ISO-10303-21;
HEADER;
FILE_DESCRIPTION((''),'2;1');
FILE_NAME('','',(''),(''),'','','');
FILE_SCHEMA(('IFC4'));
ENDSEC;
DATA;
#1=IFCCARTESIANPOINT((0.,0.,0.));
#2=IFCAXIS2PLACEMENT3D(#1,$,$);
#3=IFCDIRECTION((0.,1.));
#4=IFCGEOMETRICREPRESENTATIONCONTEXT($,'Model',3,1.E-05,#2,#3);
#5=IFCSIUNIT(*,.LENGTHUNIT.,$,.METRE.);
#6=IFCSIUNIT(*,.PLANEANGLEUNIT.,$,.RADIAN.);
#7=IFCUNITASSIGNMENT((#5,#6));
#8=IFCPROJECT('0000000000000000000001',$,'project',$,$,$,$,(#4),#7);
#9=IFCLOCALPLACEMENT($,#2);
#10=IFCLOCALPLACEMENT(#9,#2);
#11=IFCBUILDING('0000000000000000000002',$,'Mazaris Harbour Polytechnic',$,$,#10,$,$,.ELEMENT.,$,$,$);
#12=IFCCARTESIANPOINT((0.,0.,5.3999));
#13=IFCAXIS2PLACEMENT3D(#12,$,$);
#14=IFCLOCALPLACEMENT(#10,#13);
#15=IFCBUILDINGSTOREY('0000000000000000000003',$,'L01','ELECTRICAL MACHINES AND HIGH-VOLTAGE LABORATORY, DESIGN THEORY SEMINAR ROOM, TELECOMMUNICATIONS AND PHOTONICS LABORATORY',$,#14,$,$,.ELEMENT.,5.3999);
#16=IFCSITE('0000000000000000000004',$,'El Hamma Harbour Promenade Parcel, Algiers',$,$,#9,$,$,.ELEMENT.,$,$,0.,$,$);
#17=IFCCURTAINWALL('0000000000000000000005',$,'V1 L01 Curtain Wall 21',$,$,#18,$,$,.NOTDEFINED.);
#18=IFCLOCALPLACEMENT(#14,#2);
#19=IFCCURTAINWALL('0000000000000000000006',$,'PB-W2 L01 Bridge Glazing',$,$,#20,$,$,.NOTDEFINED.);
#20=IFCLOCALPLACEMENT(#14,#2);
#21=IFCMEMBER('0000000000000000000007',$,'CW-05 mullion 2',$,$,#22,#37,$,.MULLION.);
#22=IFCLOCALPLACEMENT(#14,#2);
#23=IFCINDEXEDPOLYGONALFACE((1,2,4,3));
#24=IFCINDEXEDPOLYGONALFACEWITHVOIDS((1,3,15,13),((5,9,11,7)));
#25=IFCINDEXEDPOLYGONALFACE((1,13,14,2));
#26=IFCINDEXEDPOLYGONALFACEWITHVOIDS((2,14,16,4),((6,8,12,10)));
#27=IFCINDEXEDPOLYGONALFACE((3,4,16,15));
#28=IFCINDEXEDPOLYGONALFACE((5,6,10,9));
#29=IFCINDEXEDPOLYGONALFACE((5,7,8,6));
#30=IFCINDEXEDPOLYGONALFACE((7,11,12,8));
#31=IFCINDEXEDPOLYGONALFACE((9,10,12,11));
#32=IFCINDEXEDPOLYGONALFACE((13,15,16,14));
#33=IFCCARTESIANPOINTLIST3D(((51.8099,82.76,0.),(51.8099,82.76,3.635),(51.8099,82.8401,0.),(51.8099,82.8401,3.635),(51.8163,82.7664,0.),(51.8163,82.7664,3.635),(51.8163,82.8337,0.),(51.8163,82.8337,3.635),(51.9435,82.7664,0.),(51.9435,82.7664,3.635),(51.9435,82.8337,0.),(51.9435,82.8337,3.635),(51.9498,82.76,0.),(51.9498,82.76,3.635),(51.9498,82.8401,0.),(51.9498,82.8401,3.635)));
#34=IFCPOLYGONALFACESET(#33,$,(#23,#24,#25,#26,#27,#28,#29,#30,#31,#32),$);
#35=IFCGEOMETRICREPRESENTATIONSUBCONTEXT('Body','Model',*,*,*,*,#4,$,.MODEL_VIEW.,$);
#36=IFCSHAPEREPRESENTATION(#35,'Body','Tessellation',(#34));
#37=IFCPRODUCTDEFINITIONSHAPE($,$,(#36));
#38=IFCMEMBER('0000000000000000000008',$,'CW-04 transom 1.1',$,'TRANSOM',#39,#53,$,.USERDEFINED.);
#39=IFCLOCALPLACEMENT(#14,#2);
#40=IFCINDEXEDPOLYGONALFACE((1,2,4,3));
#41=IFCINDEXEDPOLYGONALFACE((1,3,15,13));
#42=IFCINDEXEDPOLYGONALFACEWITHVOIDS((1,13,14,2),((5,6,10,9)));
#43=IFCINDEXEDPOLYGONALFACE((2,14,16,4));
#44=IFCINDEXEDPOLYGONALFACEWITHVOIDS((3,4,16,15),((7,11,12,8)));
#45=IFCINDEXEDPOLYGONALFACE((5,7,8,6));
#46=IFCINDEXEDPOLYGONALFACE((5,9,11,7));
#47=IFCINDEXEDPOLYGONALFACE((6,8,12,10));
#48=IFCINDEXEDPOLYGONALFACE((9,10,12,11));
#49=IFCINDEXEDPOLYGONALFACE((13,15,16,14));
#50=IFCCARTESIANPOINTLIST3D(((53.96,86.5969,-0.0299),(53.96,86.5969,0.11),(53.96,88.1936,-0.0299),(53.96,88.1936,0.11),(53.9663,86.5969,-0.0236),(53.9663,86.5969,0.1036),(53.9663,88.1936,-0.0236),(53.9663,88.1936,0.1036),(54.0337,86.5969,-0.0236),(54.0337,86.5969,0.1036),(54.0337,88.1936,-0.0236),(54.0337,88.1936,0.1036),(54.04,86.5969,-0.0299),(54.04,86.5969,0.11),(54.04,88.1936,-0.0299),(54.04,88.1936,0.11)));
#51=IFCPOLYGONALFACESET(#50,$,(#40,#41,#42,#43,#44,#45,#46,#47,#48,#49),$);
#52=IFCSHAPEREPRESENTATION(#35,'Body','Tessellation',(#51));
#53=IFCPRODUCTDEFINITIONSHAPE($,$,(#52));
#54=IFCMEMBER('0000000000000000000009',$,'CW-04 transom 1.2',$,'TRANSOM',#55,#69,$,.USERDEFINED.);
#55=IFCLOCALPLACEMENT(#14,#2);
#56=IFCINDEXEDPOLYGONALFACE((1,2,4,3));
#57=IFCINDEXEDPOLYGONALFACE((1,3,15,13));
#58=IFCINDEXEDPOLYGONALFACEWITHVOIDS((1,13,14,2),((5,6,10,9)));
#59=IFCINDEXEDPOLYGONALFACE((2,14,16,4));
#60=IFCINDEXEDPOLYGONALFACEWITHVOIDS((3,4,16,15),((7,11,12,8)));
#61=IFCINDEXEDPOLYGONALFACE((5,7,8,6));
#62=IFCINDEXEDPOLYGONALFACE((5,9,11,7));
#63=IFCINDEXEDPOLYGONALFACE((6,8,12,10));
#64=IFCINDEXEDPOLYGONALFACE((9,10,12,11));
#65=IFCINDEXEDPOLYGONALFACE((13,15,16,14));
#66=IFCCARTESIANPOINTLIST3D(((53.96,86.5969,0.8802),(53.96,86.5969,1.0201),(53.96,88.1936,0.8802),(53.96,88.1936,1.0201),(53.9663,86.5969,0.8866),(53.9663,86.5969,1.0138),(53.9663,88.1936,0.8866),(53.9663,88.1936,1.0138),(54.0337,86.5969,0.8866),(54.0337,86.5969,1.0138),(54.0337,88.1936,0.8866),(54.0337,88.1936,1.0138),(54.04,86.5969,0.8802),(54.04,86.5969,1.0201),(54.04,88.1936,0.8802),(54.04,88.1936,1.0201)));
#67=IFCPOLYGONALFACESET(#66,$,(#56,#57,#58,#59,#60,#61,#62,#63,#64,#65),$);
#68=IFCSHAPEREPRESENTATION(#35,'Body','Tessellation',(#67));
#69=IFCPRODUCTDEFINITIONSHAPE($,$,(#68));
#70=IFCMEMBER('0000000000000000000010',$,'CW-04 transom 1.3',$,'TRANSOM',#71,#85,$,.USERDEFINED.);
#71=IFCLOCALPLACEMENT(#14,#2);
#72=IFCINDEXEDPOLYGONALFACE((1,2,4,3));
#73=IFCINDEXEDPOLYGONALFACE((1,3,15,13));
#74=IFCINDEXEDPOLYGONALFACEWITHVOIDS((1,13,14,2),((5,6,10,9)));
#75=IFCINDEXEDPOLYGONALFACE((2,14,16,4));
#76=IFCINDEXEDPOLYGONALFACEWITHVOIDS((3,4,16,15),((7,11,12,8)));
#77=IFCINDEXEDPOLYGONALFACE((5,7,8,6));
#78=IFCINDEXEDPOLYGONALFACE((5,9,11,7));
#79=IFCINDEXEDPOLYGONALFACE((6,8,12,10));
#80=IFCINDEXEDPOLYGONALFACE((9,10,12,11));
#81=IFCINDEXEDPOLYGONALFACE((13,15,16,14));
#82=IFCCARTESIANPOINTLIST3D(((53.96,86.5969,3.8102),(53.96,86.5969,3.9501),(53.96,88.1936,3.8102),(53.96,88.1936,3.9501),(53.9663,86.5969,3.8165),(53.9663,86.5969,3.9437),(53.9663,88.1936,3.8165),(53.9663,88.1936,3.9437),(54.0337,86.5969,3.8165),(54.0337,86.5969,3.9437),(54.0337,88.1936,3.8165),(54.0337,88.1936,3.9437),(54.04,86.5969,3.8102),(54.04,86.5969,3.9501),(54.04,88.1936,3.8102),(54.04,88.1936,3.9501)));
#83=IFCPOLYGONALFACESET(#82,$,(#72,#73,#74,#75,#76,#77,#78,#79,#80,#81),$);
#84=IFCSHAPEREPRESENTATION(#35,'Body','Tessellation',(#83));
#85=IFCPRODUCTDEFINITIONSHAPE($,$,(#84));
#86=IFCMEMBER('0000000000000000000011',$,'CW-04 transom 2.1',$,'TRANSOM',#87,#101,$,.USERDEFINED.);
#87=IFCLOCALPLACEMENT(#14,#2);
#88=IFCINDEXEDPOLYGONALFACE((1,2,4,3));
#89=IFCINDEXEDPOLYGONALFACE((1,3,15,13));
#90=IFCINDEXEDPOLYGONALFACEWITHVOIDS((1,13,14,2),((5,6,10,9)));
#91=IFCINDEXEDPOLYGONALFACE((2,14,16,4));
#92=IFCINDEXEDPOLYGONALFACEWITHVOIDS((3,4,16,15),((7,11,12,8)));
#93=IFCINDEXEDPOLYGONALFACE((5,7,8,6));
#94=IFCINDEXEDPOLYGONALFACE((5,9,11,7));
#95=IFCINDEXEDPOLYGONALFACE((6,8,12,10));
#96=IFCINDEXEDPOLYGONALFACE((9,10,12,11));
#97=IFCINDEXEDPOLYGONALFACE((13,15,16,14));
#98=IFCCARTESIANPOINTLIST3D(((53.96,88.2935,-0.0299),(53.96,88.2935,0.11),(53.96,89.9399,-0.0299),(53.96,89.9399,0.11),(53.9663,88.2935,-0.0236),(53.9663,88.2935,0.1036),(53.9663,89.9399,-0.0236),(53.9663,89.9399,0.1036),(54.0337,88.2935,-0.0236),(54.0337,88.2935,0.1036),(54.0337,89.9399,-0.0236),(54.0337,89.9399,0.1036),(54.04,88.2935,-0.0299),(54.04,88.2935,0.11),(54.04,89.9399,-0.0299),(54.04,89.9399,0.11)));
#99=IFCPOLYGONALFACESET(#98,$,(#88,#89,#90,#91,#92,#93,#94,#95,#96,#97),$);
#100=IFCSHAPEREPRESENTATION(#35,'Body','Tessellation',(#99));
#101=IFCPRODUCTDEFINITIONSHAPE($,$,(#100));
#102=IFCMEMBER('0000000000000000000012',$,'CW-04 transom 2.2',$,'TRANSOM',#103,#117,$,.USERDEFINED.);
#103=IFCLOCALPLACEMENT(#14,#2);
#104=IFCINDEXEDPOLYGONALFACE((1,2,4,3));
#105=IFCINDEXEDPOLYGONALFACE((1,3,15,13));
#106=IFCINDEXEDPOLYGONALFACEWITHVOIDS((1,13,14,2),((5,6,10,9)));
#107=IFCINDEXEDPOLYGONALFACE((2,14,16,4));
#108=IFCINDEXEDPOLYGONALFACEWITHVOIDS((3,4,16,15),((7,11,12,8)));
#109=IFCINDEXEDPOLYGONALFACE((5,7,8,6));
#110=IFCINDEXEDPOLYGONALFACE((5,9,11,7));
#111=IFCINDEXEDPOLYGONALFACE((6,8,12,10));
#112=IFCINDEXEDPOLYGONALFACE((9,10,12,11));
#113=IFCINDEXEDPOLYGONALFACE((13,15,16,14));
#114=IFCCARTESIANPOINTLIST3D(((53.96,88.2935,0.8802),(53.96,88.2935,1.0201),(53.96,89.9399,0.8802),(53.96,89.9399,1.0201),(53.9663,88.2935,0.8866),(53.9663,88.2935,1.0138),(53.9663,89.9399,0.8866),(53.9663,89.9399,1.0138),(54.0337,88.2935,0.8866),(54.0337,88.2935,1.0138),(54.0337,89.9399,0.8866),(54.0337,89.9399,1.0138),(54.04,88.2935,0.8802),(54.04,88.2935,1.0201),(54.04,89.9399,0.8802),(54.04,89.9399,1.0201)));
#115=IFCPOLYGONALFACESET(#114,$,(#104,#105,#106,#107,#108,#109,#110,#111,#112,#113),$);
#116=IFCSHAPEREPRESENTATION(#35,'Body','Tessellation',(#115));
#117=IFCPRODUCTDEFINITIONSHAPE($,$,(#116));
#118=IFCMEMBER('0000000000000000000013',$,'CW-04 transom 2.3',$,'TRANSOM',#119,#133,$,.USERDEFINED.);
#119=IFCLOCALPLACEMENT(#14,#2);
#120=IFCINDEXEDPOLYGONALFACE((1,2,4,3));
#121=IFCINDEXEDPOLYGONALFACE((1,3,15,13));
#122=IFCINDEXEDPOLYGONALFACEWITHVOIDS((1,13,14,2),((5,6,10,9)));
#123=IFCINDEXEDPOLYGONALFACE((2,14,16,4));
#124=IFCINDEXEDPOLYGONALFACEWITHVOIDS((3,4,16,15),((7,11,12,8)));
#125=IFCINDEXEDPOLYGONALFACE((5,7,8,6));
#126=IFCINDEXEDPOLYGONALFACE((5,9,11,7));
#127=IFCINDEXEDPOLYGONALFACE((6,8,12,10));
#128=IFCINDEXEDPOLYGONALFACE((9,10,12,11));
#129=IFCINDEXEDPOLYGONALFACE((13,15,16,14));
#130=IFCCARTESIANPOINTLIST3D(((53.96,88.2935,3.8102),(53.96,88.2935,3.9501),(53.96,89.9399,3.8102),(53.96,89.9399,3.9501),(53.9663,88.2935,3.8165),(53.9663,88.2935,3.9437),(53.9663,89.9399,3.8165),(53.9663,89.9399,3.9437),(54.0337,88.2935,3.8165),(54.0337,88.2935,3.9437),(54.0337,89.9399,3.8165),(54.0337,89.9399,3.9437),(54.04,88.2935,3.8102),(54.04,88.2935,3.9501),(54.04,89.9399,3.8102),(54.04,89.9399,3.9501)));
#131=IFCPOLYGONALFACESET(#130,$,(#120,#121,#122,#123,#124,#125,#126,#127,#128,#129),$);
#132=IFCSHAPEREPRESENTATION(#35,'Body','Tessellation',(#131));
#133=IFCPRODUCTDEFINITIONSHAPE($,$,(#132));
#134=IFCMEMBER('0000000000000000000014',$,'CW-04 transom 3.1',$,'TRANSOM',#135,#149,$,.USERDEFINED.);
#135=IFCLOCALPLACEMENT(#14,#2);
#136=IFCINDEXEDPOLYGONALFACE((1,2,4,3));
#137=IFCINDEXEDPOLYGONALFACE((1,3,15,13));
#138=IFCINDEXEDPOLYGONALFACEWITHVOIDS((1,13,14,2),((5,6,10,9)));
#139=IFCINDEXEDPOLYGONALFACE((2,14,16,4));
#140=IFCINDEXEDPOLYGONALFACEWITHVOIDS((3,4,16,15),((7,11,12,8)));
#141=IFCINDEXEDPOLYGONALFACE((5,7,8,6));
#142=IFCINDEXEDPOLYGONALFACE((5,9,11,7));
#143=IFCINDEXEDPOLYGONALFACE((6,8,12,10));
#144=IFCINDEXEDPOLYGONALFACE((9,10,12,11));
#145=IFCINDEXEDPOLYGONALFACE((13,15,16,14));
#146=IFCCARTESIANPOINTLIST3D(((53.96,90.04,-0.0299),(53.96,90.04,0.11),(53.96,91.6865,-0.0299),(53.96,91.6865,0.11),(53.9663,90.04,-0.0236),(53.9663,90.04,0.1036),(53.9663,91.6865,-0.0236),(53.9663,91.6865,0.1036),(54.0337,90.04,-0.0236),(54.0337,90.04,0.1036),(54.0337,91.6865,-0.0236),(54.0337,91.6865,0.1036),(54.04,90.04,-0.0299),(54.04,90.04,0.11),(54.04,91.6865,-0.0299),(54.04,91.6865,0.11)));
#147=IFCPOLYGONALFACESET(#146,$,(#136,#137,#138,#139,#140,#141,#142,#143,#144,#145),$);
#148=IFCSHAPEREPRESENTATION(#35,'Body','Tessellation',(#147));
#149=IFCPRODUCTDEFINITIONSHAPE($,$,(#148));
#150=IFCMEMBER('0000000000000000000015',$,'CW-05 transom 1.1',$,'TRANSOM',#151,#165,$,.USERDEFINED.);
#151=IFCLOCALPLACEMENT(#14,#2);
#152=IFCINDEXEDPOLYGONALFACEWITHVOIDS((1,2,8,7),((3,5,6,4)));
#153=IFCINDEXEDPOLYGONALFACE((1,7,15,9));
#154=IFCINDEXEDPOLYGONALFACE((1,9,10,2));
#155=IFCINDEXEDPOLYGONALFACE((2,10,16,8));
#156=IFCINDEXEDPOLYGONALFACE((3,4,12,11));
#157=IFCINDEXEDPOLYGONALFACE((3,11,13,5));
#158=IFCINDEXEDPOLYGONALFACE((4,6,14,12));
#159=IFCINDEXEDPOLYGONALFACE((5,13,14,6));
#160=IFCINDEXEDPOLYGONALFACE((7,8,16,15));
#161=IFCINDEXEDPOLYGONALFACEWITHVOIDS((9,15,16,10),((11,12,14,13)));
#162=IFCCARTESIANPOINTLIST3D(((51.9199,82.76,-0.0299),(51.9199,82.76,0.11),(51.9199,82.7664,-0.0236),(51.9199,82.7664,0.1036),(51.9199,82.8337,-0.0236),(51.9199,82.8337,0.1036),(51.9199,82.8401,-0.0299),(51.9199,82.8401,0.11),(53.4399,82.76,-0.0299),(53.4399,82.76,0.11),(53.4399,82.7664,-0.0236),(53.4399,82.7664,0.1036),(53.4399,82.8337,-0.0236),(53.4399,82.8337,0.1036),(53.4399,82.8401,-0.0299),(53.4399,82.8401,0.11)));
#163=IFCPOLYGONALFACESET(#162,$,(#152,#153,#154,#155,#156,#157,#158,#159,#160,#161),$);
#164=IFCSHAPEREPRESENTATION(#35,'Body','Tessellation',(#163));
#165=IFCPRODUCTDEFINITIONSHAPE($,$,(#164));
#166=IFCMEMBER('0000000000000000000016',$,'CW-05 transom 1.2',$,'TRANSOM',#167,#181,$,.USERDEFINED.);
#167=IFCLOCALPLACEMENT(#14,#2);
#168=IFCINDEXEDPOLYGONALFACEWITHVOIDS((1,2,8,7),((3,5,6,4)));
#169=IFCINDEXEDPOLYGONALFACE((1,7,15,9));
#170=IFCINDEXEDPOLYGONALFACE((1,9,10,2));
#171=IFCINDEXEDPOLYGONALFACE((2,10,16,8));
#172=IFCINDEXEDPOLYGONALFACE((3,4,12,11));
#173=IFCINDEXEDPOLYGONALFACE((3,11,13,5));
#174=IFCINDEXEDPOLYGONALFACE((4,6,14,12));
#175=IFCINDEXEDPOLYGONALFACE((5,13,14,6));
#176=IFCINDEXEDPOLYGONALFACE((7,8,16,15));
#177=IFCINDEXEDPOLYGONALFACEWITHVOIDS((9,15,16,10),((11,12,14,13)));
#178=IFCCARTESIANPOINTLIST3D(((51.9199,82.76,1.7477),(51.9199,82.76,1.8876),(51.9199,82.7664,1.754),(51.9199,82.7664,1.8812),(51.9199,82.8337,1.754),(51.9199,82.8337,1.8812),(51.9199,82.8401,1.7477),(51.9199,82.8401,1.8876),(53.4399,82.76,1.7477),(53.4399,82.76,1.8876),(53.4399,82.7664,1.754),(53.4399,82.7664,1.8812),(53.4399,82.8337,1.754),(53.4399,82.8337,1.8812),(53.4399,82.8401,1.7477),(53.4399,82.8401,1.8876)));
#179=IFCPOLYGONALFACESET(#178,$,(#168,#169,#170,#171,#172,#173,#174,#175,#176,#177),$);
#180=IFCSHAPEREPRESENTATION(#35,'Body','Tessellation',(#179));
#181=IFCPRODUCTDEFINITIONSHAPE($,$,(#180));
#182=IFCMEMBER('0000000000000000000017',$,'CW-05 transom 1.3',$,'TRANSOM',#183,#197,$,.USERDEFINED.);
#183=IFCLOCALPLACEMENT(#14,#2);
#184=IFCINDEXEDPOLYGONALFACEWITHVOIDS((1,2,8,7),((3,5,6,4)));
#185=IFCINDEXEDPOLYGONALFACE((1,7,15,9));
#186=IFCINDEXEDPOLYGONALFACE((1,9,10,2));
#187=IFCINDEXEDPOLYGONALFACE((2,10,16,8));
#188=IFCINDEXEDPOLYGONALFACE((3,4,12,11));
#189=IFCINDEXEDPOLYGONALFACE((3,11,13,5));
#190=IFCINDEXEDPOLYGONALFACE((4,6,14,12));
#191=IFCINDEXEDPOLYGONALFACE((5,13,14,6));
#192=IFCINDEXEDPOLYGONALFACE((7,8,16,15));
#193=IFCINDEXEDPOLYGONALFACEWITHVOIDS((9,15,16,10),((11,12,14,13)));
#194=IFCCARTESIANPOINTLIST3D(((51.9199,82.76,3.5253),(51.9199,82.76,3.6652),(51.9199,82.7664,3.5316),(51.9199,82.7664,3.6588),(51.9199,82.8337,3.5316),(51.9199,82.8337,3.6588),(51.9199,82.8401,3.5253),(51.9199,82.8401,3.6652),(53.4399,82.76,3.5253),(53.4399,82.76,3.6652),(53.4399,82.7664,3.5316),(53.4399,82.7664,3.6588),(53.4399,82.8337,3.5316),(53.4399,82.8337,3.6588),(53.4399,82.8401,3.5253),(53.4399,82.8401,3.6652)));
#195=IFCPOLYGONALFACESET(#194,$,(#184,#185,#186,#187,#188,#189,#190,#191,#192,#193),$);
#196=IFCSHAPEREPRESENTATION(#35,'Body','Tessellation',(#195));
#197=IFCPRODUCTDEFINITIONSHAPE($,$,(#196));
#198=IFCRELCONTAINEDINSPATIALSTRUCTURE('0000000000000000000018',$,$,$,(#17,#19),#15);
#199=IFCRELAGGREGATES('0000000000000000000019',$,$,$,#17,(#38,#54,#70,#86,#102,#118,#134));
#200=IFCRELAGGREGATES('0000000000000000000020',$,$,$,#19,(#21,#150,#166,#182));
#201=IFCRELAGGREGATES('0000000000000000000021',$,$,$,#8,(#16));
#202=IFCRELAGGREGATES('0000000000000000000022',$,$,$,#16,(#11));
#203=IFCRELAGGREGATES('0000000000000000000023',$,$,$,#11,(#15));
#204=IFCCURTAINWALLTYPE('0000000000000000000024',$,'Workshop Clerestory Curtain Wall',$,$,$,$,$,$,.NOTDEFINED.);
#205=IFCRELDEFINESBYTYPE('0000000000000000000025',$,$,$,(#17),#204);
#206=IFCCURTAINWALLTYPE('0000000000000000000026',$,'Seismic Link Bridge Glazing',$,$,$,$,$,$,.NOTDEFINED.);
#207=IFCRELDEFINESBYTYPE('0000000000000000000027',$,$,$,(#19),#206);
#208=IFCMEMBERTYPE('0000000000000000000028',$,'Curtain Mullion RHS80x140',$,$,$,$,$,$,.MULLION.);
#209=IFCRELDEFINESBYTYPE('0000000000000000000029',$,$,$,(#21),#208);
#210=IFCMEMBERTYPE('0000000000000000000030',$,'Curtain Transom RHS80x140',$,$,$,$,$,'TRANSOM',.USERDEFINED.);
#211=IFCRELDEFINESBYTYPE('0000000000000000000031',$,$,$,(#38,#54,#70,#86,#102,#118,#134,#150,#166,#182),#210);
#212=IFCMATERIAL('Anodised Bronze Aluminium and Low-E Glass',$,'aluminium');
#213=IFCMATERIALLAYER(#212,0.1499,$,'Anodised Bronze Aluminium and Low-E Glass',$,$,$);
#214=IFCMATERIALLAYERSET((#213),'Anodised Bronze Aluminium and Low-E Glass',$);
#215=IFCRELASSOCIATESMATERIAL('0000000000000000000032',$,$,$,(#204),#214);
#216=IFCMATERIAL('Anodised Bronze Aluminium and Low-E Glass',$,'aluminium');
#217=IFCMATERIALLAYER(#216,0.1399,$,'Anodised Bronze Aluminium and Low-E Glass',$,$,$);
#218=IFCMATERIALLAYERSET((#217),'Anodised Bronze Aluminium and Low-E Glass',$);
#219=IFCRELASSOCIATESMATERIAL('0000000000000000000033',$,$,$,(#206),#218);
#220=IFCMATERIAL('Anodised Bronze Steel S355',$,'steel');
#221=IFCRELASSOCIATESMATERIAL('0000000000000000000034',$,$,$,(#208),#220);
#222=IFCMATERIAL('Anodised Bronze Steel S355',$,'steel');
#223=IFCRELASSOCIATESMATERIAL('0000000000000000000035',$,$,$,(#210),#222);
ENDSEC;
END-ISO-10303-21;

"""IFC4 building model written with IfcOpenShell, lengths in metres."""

from ifc_helpers import new_model, si_unit, direction, frame, origin, origin_2d, place, context, subcontext, project, spatial, hollow_rectangle, extrude, material, layer, layer_set, material_profile, profile_set, type_object, element, aggregate, save


model = new_model("IFC4")

# Units and contexts
model_context = context("Model", 3, precision=1e-05, world=origin(), true_north=direction((0.0, 1.0)))
body_context = subcontext(model_context, "Body", "Model", "MODEL_VIEW")
ifc_project = project(units=[si_unit("LENGTHUNIT", "METRE"), si_unit("PLANEANGLEUNIT", "RADIAN")], contexts=[model_context])

# Site, building, storey
site_placement = place(None, origin())
site = spatial("IfcSite", under=ifc_project, at=site_placement, Name="El Hamma Harbour Promenade Parcel, Algiers", CompositionType="ELEMENT", RefElevation=0.0)
building_placement = place(site_placement, origin())
building = spatial("IfcBuilding", under=site, at=building_placement, Name="Mazaris Harbour Polytechnic", CompositionType="ELEMENT")
storey_placement = place(building_placement, frame((0.0, 0.0, 5.3999)))
storey = spatial("IfcBuildingStorey", under=building, at=storey_placement, Name="L01", Description="ELECTRICAL MACHINES AND HIGH-VOLTAGE LABORATORY, DESIGN THEORY SEMINAR ROOM, TELECOMMUNICATIONS AND PHOTONICS LABORATORY", CompositionType="ELEMENT", Elevation=5.3999)

# Curtain walls, member
ifc_material_1 = material(Name="Anodised Bronze Aluminium and Low-E Glass", Category="aluminium")
ifc_layer_1 = layer(ifc_material_1, 0.1499, Name="Anodised Bronze Aluminium and Low-E Glass")
ifc_layer_set_1 = layer_set([ifc_layer_1], Name="Anodised Bronze Aluminium and Low-E Glass")
curtain_wall_type_1 = type_object("IfcCurtainWallType", Name="Workshop Clerestory Curtain Wall", PredefinedType="NOTDEFINED", material=ifc_layer_set_1)
curtain_wall_1_placement = place(storey_placement, origin())
curtain_wall_1 = element("IfcCurtainWall", 1, at=curtain_wall_1_placement, inside=storey, type_object=curtain_wall_type_1, Name="V1 L01 Curtain Wall 21", PredefinedType="NOTDEFINED")
ifc_material_2 = material(Name="Anodised Bronze Aluminium and Low-E Glass", Category="aluminium")
ifc_layer_2 = layer(ifc_material_2, 0.1399, Name="Anodised Bronze Aluminium and Low-E Glass")
ifc_layer_set_2 = layer_set([ifc_layer_2], Name="Anodised Bronze Aluminium and Low-E Glass")
curtain_wall_type_2 = type_object("IfcCurtainWallType", Name="Seismic Link Bridge Glazing", PredefinedType="NOTDEFINED", material=ifc_layer_set_2)
curtain_wall_2_placement = place(storey_placement, origin())
curtain_wall_2 = element("IfcCurtainWall", 2, at=curtain_wall_2_placement, inside=storey, type_object=curtain_wall_type_2, Name="PB-W2 L01 Bridge Glazing", PredefinedType="NOTDEFINED")
ifc_material_3 = material(Name="Anodised Bronze Steel S355", Category="steel")
ifc_material_profile_1 = material_profile(ifc_material_3, hollow_rectangle(XDim=0.0801, YDim=0.1399, WallThickness=0.0063, at=origin_2d()), Name="RHS 80x140x6.3")
ifc_profile_set_1 = profile_set([ifc_material_profile_1], Name="Anodised Bronze Steel S355")
member_type_1 = type_object("IfcMemberType", Name="Curtain Mullion RHS80x140", PredefinedType="MULLION", material=ifc_profile_set_1)
member_1_placement = place(storey_placement, frame((51.8799, 82.8, 0.0), z_axis=(0.0, 0.0, 1.0), x_axis=(0.0, -1.0, 0.0)))
member_1 = element("IfcMember", 3, at=member_1_placement, type_object=member_type_1, Name="CW-05 mullion 2", PredefinedType="MULLION", context=body_context, shape_type="SweptSolid", body=[
    extrude(hollow_rectangle(XDim=0.0801, YDim=0.1399, WallThickness=0.0063, at=origin_2d()), origin(), (0.0, 0.0, 1.0), 3.635),
])

# Members
ifc_material_4 = material(Name="Anodised Bronze Steel S355", Category="steel")
ifc_material_profile_2 = material_profile(ifc_material_4, hollow_rectangle(XDim=0.0801, YDim=0.1399, WallThickness=0.0063, at=origin_2d()), Name="RHS 80x140x6.3")
ifc_profile_set_2 = profile_set([ifc_material_profile_2], Name="Anodised Bronze Steel S355")
member_type_2 = type_object("IfcMemberType", Name="Curtain Transom RHS80x140", ElementType="TRANSOM", PredefinedType="USERDEFINED", material=ifc_profile_set_2)
member_2_placement = place(storey_placement, frame((54.0, 86.5969, 0.04), z_axis=(0.0, 1.0, 0.0), x_axis=(-1.0, 0.0, 0.0)))
member_2 = element("IfcMember", 4, at=member_2_placement, type_object=member_type_2, Name="CW-04 transom 1.1", ObjectType="TRANSOM", PredefinedType="USERDEFINED", context=body_context, shape_type="SweptSolid", body=[
    extrude(hollow_rectangle(XDim=0.0801, YDim=0.1399, WallThickness=0.0063, at=origin_2d()), origin(), (0.0, 0.0, 1.0), 1.5967),
])
member_3_placement = place(storey_placement, frame((54.0, 86.5969, 0.9502), z_axis=(0.0, 1.0, 0.0), x_axis=(-1.0, 0.0, 0.0)))
member_3 = element("IfcMember", 5, at=member_3_placement, type_object=member_type_2, Name="CW-04 transom 1.2", ObjectType="TRANSOM", PredefinedType="USERDEFINED", context=body_context, shape_type="SweptSolid", body=[
    extrude(hollow_rectangle(XDim=0.0801, YDim=0.1399, WallThickness=0.0063, at=origin_2d()), origin(), (0.0, 0.0, 1.0), 1.5967),
])
member_4_placement = place(storey_placement, frame((54.0, 86.5969, 3.8801), z_axis=(0.0, 1.0, 0.0), x_axis=(-1.0, 0.0, 0.0)))
member_4 = element("IfcMember", 6, at=member_4_placement, type_object=member_type_2, Name="CW-04 transom 1.3", ObjectType="TRANSOM", PredefinedType="USERDEFINED", context=body_context, shape_type="SweptSolid", body=[
    extrude(hollow_rectangle(XDim=0.0801, YDim=0.1399, WallThickness=0.0063, at=origin_2d()), origin(), (0.0, 0.0, 1.0), 1.5967),
])
member_5_placement = place(storey_placement, frame((54.0, 88.2935, 0.04), z_axis=(0.0, 1.0, 0.0), x_axis=(-1.0, 0.0, 0.0)))
member_5 = element("IfcMember", 7, at=member_5_placement, type_object=member_type_2, Name="CW-04 transom 2.1", ObjectType="TRANSOM", PredefinedType="USERDEFINED", context=body_context, shape_type="SweptSolid", body=[
    extrude(hollow_rectangle(XDim=0.0801, YDim=0.1399, WallThickness=0.0063, at=origin_2d()), origin(), (0.0, 0.0, 1.0), 1.6465),
])
member_6_placement = place(storey_placement, frame((54.0, 88.2935, 0.9502), z_axis=(0.0, 1.0, 0.0), x_axis=(-1.0, 0.0, 0.0)))
member_6 = element("IfcMember", 8, at=member_6_placement, type_object=member_type_2, Name="CW-04 transom 2.2", ObjectType="TRANSOM", PredefinedType="USERDEFINED", context=body_context, shape_type="SweptSolid", body=[
    extrude(hollow_rectangle(XDim=0.0801, YDim=0.1399, WallThickness=0.0063, at=origin_2d()), origin(), (0.0, 0.0, 1.0), 1.6465),
])
member_7_placement = place(storey_placement, frame((54.0, 88.2935, 3.8801), z_axis=(0.0, 1.0, 0.0), x_axis=(-1.0, 0.0, 0.0)))
member_7 = element("IfcMember", 9, at=member_7_placement, type_object=member_type_2, Name="CW-04 transom 2.3", ObjectType="TRANSOM", PredefinedType="USERDEFINED", context=body_context, shape_type="SweptSolid", body=[
    extrude(hollow_rectangle(XDim=0.0801, YDim=0.1399, WallThickness=0.0063, at=origin_2d()), origin(), (0.0, 0.0, 1.0), 1.6465),
])
member_8_placement = place(storey_placement, frame((54.0, 90.04, 0.04), z_axis=(0.0, 1.0, 0.0), x_axis=(-1.0, 0.0, 0.0)))
member_8 = element("IfcMember", 10, at=member_8_placement, type_object=member_type_2, Name="CW-04 transom 3.1", ObjectType="TRANSOM", PredefinedType="USERDEFINED", context=body_context, shape_type="SweptSolid", body=[
    extrude(hollow_rectangle(XDim=0.0801, YDim=0.1399, WallThickness=0.0063, at=origin_2d()), origin(), (0.0, 0.0, 1.0), 1.6465),
])
member_9_placement = place(storey_placement, frame((53.4399, 82.8, 0.04), z_axis=(-1.0, 0.0, 0.0), x_axis=(0.0, -1.0, 0.0)))
member_9 = element("IfcMember", 11, at=member_9_placement, type_object=member_type_2, Name="CW-05 transom 1.1", ObjectType="TRANSOM", PredefinedType="USERDEFINED", context=body_context, shape_type="SweptSolid", body=[
    extrude(hollow_rectangle(XDim=0.0801, YDim=0.1399, WallThickness=0.0063, at=origin_2d()), origin(), (0.0, 0.0, 1.0), 1.52),
])
member_10_placement = place(storey_placement, frame((53.4399, 82.8, 1.8176), z_axis=(-1.0, 0.0, 0.0), x_axis=(0.0, -1.0, 0.0)))
member_10 = element("IfcMember", 12, at=member_10_placement, type_object=member_type_2, Name="CW-05 transom 1.2", ObjectType="TRANSOM", PredefinedType="USERDEFINED", context=body_context, shape_type="SweptSolid", body=[
    extrude(hollow_rectangle(XDim=0.0801, YDim=0.1399, WallThickness=0.0063, at=origin_2d()), origin(), (0.0, 0.0, 1.0), 1.52),
])
member_11_placement = place(storey_placement, frame((53.4399, 82.8, 3.5952), z_axis=(-1.0, 0.0, 0.0), x_axis=(0.0, -1.0, 0.0)))
member_11 = element("IfcMember", 13, at=member_11_placement, type_object=member_type_2, Name="CW-05 transom 1.3", ObjectType="TRANSOM", PredefinedType="USERDEFINED", context=body_context, shape_type="SweptSolid", body=[
    extrude(hollow_rectangle(XDim=0.0801, YDim=0.1399, WallThickness=0.0063, at=origin_2d()), origin(), (0.0, 0.0, 1.0), 1.52),
])

aggregate(curtain_wall_1, [member_2, member_3, member_4, member_5, member_6, member_7, member_8])
aggregate(curtain_wall_2, [member_1, member_9, member_10, member_11])

save(model, "model.ifc")
